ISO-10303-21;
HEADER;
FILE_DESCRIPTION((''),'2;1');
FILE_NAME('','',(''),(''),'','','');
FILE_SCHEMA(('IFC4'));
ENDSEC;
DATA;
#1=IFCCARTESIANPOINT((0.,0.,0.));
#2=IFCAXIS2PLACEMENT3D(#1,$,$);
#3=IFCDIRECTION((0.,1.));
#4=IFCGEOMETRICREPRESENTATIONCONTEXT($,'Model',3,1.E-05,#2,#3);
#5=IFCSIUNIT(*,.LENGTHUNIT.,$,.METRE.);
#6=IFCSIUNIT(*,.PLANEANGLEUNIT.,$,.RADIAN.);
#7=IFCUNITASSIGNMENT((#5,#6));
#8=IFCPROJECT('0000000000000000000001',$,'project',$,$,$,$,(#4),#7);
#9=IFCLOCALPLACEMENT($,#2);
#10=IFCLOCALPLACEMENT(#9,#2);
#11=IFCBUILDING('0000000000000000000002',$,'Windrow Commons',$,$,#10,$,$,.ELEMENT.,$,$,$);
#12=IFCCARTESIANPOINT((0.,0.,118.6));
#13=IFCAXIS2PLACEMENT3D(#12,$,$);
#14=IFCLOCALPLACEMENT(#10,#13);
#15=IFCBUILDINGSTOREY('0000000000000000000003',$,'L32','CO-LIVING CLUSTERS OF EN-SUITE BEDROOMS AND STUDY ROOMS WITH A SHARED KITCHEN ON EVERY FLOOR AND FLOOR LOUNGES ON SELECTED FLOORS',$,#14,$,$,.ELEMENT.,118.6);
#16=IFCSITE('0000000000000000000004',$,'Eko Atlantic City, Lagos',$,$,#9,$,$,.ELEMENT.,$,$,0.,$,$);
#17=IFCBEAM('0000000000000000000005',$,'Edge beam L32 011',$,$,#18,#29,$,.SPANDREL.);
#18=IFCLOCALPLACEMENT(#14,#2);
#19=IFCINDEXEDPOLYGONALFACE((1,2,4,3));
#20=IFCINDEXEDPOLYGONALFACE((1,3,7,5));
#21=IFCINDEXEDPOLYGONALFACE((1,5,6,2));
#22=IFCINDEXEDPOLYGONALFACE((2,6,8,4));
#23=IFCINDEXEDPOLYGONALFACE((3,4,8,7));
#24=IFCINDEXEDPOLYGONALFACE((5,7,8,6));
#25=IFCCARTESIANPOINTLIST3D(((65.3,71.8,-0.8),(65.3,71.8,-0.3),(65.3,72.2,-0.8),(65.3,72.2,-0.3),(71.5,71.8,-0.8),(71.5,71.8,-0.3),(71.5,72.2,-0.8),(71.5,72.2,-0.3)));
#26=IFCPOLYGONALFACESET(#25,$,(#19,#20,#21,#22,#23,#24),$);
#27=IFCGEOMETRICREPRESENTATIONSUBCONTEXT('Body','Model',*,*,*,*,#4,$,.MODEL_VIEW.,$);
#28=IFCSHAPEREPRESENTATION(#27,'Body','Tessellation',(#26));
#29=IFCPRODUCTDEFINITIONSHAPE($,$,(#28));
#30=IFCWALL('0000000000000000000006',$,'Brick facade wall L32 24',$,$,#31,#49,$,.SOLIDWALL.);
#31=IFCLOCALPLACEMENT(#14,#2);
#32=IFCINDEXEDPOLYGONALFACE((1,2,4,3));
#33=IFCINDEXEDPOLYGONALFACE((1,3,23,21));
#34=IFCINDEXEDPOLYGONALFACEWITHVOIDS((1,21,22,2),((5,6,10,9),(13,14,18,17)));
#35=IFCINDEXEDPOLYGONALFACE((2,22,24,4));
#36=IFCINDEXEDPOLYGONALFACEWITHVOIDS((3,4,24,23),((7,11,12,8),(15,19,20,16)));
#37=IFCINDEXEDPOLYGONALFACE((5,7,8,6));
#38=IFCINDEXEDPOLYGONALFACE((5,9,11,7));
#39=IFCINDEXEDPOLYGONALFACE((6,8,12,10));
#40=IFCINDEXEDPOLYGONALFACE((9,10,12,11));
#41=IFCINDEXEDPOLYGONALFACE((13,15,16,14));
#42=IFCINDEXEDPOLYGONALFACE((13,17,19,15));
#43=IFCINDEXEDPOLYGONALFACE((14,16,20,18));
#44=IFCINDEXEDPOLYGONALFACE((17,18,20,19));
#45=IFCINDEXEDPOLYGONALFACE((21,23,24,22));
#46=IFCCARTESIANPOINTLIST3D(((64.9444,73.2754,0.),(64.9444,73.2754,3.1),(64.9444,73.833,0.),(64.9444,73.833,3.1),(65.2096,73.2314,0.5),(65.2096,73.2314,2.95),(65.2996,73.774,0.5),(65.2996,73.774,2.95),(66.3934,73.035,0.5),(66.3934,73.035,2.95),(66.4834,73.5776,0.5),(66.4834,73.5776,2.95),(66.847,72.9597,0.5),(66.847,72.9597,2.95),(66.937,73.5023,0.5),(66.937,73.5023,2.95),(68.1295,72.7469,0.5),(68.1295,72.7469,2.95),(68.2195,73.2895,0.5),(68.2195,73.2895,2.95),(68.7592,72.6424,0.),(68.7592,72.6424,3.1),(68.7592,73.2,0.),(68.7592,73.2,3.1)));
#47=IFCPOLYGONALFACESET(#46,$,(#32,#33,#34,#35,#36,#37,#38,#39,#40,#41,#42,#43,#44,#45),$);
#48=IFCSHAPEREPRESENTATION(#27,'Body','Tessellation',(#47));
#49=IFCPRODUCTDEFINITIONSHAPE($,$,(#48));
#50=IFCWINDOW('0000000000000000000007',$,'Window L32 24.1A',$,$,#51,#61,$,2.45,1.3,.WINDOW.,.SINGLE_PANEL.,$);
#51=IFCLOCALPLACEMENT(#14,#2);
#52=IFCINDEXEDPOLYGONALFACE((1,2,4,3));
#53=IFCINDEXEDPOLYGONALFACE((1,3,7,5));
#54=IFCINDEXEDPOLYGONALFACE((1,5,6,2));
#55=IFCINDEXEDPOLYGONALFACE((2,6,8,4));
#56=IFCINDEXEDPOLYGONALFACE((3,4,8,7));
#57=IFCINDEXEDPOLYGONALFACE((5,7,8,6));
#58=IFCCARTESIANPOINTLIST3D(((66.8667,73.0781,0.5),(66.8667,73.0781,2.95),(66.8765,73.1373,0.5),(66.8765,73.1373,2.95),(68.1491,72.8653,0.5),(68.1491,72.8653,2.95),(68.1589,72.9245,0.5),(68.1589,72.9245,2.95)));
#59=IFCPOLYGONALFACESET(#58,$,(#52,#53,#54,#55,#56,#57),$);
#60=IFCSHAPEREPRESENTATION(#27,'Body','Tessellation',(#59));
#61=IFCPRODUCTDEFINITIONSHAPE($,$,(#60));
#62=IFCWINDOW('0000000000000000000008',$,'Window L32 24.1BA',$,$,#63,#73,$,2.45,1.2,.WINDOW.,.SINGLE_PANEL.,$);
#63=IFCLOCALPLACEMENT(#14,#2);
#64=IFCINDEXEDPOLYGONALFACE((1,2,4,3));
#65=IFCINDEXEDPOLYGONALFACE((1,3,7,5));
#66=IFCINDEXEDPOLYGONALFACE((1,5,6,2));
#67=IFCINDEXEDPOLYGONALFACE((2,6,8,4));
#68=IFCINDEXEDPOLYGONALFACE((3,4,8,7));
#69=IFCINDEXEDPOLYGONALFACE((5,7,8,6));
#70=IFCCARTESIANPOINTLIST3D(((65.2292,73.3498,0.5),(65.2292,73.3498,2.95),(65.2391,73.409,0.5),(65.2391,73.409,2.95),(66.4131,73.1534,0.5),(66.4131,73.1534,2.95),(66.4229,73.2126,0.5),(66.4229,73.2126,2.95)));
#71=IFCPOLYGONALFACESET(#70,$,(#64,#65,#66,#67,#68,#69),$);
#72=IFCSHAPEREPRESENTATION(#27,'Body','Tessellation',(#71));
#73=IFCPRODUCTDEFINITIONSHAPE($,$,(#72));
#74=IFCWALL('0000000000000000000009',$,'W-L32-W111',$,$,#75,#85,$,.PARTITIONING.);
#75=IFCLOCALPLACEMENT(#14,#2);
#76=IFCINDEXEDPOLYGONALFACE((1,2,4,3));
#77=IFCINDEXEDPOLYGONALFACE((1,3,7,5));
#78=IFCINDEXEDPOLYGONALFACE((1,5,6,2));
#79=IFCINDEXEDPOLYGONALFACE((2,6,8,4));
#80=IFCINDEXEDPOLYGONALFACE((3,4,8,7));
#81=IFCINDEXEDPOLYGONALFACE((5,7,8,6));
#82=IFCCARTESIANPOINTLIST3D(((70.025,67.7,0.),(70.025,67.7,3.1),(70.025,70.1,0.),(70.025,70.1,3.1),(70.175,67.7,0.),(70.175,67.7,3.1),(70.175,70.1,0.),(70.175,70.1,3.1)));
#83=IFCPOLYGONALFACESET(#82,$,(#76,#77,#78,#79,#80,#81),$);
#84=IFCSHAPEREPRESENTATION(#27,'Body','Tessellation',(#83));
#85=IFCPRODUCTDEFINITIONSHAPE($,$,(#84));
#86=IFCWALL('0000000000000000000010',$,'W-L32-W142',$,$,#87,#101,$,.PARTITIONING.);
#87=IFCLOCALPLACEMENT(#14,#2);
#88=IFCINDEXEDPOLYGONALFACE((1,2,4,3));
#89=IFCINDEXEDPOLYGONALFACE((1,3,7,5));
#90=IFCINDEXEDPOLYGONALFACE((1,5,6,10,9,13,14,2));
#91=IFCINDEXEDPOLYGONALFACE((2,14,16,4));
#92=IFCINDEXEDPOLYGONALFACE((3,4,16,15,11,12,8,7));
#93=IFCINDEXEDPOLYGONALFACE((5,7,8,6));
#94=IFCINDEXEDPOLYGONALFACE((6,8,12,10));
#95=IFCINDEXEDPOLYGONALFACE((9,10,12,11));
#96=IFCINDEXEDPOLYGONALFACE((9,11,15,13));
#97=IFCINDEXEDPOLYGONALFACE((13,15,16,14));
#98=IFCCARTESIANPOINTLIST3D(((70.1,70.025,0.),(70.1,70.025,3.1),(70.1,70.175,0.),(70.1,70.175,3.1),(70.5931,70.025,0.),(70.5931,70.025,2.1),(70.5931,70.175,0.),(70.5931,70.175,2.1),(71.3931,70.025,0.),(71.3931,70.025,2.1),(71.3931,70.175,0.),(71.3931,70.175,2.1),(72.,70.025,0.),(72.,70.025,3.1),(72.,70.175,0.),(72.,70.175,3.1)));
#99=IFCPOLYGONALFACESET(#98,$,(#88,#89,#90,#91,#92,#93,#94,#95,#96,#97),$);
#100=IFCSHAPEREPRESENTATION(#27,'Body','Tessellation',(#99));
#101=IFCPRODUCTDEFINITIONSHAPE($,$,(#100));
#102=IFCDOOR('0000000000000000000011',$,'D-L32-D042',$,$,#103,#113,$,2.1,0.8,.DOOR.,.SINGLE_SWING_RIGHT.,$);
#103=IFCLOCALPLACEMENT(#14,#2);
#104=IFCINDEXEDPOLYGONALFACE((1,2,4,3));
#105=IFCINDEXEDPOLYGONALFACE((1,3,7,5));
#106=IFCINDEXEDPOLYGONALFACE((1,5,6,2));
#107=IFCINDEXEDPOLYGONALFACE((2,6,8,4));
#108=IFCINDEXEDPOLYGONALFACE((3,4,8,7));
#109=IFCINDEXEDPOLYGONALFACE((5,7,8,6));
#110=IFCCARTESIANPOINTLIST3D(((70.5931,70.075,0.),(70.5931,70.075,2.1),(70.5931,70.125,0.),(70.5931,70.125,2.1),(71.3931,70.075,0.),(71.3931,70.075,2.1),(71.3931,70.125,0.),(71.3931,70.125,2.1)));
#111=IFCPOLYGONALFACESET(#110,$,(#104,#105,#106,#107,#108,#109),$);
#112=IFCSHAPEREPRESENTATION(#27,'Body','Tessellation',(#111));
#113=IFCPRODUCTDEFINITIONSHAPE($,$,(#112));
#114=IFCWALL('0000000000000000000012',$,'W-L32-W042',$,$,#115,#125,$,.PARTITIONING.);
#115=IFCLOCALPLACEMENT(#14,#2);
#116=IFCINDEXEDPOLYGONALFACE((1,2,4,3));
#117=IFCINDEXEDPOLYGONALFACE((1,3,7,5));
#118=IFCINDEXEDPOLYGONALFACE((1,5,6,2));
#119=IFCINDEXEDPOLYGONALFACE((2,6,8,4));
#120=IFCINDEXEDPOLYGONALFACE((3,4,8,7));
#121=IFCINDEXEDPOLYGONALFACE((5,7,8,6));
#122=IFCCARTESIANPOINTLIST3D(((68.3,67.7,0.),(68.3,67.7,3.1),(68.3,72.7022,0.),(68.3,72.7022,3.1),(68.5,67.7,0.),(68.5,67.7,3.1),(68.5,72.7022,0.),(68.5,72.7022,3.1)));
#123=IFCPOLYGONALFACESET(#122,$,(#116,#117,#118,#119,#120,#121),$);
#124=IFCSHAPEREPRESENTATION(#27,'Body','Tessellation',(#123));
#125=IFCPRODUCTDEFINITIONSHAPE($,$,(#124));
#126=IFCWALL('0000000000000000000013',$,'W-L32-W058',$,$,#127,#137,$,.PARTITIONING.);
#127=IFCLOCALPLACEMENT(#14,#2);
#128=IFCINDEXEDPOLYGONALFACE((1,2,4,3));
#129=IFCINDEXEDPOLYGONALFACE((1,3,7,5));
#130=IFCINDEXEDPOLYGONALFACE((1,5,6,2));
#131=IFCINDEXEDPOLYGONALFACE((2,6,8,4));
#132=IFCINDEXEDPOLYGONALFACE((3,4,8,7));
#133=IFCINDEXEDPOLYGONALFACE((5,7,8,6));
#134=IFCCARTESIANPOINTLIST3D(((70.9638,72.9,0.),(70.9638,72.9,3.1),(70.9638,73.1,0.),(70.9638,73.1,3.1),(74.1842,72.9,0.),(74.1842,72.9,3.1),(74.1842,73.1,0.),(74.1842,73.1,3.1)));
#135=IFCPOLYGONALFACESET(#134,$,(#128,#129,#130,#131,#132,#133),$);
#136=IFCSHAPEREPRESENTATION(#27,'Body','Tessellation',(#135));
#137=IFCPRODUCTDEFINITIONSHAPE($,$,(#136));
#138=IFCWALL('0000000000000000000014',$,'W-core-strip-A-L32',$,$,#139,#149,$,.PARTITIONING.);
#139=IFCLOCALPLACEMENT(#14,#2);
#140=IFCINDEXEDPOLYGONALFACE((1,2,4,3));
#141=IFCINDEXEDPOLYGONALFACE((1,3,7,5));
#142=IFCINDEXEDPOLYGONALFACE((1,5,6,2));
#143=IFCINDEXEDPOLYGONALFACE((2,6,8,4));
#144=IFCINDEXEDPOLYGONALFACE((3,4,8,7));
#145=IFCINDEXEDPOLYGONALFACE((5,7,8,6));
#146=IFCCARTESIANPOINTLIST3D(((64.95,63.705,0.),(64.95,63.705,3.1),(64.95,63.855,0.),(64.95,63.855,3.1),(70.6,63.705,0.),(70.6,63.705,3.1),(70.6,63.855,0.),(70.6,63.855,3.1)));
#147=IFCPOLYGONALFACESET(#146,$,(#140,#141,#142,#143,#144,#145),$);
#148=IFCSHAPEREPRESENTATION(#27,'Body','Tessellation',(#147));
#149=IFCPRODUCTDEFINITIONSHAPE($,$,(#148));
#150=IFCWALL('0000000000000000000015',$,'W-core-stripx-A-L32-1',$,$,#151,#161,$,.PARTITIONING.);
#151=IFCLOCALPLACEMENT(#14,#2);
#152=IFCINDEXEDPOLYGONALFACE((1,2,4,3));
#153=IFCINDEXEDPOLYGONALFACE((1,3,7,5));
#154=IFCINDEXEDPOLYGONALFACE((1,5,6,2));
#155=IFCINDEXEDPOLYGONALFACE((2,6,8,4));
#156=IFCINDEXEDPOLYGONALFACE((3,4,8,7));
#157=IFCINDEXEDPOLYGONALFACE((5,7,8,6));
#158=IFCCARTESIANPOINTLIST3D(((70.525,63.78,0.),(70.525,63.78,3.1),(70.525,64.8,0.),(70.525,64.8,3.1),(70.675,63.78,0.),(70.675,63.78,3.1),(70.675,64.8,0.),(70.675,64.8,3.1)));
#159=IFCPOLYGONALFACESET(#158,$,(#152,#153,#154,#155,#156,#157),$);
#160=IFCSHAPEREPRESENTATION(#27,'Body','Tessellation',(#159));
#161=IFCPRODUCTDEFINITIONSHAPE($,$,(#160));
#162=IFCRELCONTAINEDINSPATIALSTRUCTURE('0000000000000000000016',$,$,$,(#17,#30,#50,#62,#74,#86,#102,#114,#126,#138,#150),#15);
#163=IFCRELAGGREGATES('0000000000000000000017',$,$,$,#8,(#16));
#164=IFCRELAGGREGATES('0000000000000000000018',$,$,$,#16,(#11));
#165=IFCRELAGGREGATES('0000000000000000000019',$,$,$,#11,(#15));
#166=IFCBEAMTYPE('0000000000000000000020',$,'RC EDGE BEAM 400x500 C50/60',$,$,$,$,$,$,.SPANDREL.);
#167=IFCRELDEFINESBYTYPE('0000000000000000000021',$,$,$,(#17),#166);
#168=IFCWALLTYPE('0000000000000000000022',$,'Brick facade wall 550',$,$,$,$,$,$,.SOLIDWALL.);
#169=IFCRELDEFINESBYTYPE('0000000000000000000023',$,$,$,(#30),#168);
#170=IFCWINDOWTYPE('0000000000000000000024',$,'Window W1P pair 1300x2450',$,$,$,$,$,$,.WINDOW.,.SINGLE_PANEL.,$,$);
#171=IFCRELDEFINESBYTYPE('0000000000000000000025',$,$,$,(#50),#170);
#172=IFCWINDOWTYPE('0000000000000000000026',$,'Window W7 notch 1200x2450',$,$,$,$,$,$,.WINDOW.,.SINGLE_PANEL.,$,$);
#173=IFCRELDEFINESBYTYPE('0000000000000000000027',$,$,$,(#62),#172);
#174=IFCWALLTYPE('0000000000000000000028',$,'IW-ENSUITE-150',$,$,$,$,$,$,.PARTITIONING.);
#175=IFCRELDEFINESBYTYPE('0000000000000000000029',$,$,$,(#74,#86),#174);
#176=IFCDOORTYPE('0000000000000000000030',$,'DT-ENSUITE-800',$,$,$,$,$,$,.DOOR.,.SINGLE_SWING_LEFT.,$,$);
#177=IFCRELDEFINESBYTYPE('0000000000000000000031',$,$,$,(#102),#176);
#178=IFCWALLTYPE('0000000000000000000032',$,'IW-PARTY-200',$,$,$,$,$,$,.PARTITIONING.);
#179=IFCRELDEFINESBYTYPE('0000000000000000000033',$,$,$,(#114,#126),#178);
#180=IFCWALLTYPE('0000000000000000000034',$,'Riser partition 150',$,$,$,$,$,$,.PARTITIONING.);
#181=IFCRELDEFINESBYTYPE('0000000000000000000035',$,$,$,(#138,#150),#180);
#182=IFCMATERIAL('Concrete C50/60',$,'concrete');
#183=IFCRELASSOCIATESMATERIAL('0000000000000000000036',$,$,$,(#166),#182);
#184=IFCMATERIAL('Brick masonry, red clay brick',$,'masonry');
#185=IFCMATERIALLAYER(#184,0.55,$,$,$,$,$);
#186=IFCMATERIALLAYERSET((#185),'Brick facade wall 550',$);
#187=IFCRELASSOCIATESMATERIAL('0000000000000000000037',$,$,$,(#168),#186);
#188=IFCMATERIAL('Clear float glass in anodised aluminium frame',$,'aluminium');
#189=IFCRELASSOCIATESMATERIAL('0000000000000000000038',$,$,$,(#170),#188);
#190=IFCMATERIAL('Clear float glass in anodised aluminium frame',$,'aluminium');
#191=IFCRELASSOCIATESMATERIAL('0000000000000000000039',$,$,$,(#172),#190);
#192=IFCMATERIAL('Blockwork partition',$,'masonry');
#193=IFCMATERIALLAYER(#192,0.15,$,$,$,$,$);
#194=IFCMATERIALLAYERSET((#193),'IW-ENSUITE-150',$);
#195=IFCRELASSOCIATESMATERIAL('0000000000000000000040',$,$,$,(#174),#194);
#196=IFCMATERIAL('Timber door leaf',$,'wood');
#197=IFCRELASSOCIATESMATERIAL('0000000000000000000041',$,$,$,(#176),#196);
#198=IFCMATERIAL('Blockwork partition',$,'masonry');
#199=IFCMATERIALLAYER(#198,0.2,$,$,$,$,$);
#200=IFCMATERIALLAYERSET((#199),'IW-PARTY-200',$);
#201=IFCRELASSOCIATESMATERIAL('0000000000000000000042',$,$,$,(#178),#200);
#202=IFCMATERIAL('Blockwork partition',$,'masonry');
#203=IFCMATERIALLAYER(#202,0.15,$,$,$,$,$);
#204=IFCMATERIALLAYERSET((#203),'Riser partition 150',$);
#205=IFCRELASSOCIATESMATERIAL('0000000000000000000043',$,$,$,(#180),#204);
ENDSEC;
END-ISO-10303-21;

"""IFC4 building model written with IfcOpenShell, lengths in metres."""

from ifc_helpers import new_model, si_unit, direction, frame, frame_2d, origin, origin_2d, place, context, subcontext, project, spatial, polyline, rectangle, outline, extrude, material, layer, layer_set, material_profile, profile_set, type_object, element, fill, save


model = new_model("IFC4")

# Units and contexts
model_context = context("Model", 3, precision=1e-05, world=origin(), true_north=direction((0.0, 1.0)))
body_context = subcontext(model_context, "Body", "Model", "MODEL_VIEW")
ifc_project = project(units=[si_unit("LENGTHUNIT", "METRE"), si_unit("PLANEANGLEUNIT", "RADIAN")], contexts=[model_context])

# Site, building, storey
site_placement = place(None, origin())
site = spatial("IfcSite", under=ifc_project, at=site_placement, Name="Eko Atlantic City, Lagos", CompositionType="ELEMENT", RefElevation=0.0)
building_placement = place(site_placement, origin())
building = spatial("IfcBuilding", under=site, at=building_placement, Name="Windrow Commons", CompositionType="ELEMENT")
storey_placement = place(building_placement, frame((0.0, 0.0, 118.6)))
storey = spatial("IfcBuildingStorey", under=building, at=storey_placement, Name="L32", Description="CO-LIVING CLUSTERS OF EN-SUITE BEDROOMS AND STUDY ROOMS WITH A SHARED KITCHEN ON EVERY FLOOR AND FLOOR LOUNGES ON SELECTED FLOORS", CompositionType="ELEMENT", Elevation=118.6)

# Beam
ifc_material_1 = material(Name="Concrete C50/60", Category="concrete")
ifc_material_profile = material_profile(ifc_material_1, rectangle(XDim=0.4, YDim=0.5, at=origin_2d()))
ifc_profile_set = profile_set([ifc_material_profile], Name="Concrete C50/60")
beam_type = type_object("IfcBeamType", Name="RC EDGE BEAM 400x500 C50/60", PredefinedType="SPANDREL", material=ifc_profile_set)
beam_placement = place(storey_placement, frame((65.3, 72.0, -0.55), z_axis=(1.0, 0.0, 0.0), x_axis=(0.0, 1.0, 0.0)))
element("IfcBeam", 1, at=beam_placement, inside=storey, type_object=beam_type, Name="Edge beam L32 011", PredefinedType="SPANDREL", context=body_context, shape_type="SweptSolid", body=[
    extrude(rectangle(XDim=0.4, YDim=0.5, at=origin_2d()), origin(), (0.0, 0.0, 1.0), 6.2),
])

# Wall, openings, windows
ifc_material_2 = material(Name="Brick masonry, red clay brick", Category="masonry")
ifc_layer_1 = layer(ifc_material_2, 0.55)
ifc_layer_set_1 = layer_set([ifc_layer_1], Name="Brick facade wall 550")
wall_type_1 = type_object("IfcWallType", Name="Brick facade wall 550", PredefinedType="SOLIDWALL", material=ifc_layer_set_1)
wall_1_placement = place(storey_placement, frame((68.7592, 72.9212, 0.0), z_axis=(0.0, 0.0, 1.0), x_axis=(-0.986511, 0.163694, 0.0)))
wall_1 = element("IfcWall", 2, at=wall_1_placement, inside=storey, type_object=wall_type_1, Name="Brick facade wall L32 24", PredefinedType="SOLIDWALL", context=body_context, shape_type="SweptSolid", body=[
    extrude(outline(polyline([(0.0456, -0.275), (3.9126, -0.275), (3.8213, 0.275), (-0.0456, 0.275), (0.0456, -0.275)])), origin(), (0.0, 0.0, 1.0), 3.1),
])
opening_1_placement = place(wall_1_placement, frame((0.5927, 0.0, 0.5)))
opening_1 = element("IfcOpeningElement", 3, at=opening_1_placement, cuts=wall_1, PredefinedType="OPENING", context=body_context, shape_type="SweptSolid", body=[
    extrude(rectangle(XDim=1.3, YDim=2.45, at=frame_2d((0.65, 1.225))), frame((0.0, 0.285, 0.0), z_axis=(0.0, -1.0, 0.0), x_axis=(1.0, 0.0, 0.0)), (0.0, 0.0, 1.0), 0.57),
])
opening_2_placement = place(wall_1_placement, frame((2.3525, 0.0, 0.5)))
opening_2 = element("IfcOpeningElement", 4, at=opening_2_placement, cuts=wall_1, PredefinedType="OPENING", context=body_context, shape_type="SweptSolid", body=[
    extrude(rectangle(XDim=1.2, YDim=2.45, at=frame_2d((0.6, 1.225))), frame((0.0, 0.285, 0.0), z_axis=(0.0, -1.0, 0.0), x_axis=(1.0, 0.0, 0.0)), (0.0, 0.0, 1.0), 0.57),
])
ifc_material_3 = material(Name="Clear float glass in anodised aluminium frame", Category="aluminium")
window_type_1 = type_object("IfcWindowType", Name="Window W1P pair 1300x2450", PartitioningType="SINGLE_PANEL", PredefinedType="WINDOW", material=ifc_material_3)
window_1_placement = place(opening_1_placement, origin())
window_1 = element("IfcWindow", 5, at=window_1_placement, inside=storey, type_object=window_type_1, Name="Window L32 24.1A", OverallHeight=2.45, OverallWidth=1.3, PartitioningType="SINGLE_PANEL", PredefinedType="WINDOW", context=body_context, shape_type="SweptSolid", body=[
    extrude(rectangle(XDim=1.3, YDim=2.45, at=frame_2d((0.65, 1.225))), frame((0.0, 0.155, 0.0), z_axis=(0.0, -1.0, 0.0), x_axis=(1.0, 0.0, 0.0)), (0.0, 0.0, 1.0), 0.06),
])
fill(opening_1, window_1)
ifc_material_4 = material(Name="Clear float glass in anodised aluminium frame", Category="aluminium")
window_type_2 = type_object("IfcWindowType", Name="Window W7 notch 1200x2450", PartitioningType="SINGLE_PANEL", PredefinedType="WINDOW", material=ifc_material_4)
window_2_placement = place(opening_2_placement, origin())
window_2 = element("IfcWindow", 6, at=window_2_placement, inside=storey, type_object=window_type_2, Name="Window L32 24.1BA", OverallHeight=2.45, OverallWidth=1.2, PartitioningType="SINGLE_PANEL", PredefinedType="WINDOW", context=body_context, shape_type="SweptSolid", body=[
    extrude(rectangle(XDim=1.2, YDim=2.45, at=frame_2d((0.6, 1.225))), frame((0.0, 0.155, 0.0), z_axis=(0.0, -1.0, 0.0), x_axis=(1.0, 0.0, 0.0)), (0.0, 0.0, 1.0), 0.06),
])
fill(opening_2, window_2)

# Wall
ifc_material_5 = material(Name="Blockwork partition", Category="masonry")
ifc_layer_2 = layer(ifc_material_5, 0.15)
ifc_layer_set_2 = layer_set([ifc_layer_2], Name="IW-ENSUITE-150")
wall_type_2 = type_object("IfcWallType", Name="IW-ENSUITE-150", PredefinedType="PARTITIONING", material=ifc_layer_set_2)
wall_2_placement = place(storey_placement, frame((70.1, 67.7, 0.0), z_axis=(0.0, 0.0, 1.0), x_axis=(0.0, 1.0, 0.0)))
element("IfcWall", 7, at=wall_2_placement, inside=storey, type_object=wall_type_2, Name="W-L32-W111", PredefinedType="PARTITIONING", context=body_context, shape_type="SweptSolid", body=[
    extrude(rectangle(XDim=2.4, YDim=0.15, at=frame_2d((1.2, 0.0))), origin(), (0.0, 0.0, 1.0), 3.1),
])

# Wall, opening, door
wall_3_placement = place(storey_placement, frame((70.1, 70.1, 0.0), z_axis=(0.0, 0.0, 1.0), x_axis=(1.0, 0.0, 0.0)))
wall_3 = element("IfcWall", 8, at=wall_3_placement, inside=storey, type_object=wall_type_2, Name="W-L32-W142", PredefinedType="PARTITIONING", context=body_context, shape_type="SweptSolid", body=[
    extrude(rectangle(XDim=1.9, YDim=0.15, at=frame_2d((0.95, 0.0))), origin(), (0.0, 0.0, 1.0), 3.1),
])
opening_3_placement = place(wall_3_placement, frame((0.4931, 0.0, 0.0)))
opening_3 = element("IfcOpeningElement", 9, at=opening_3_placement, cuts=wall_3, PredefinedType="OPENING", context=body_context, shape_type="SweptSolid", body=[
    extrude(rectangle(XDim=0.8, YDim=2.1, at=frame_2d((0.4, 1.05))), frame((0.0, 0.085, 0.0), z_axis=(0.0, -1.0, 0.0), x_axis=(1.0, 0.0, 0.0)), (0.0, 0.0, 1.0), 0.17),
])
ifc_material_6 = material(Name="Timber door leaf", Category="wood")
door_type = type_object("IfcDoorType", Name="DT-ENSUITE-800", OperationType="SINGLE_SWING_LEFT", PredefinedType="DOOR", material=ifc_material_6)
door_placement = place(opening_3_placement, origin())
door = element("IfcDoor", 10, at=door_placement, inside=storey, type_object=door_type, Name="D-L32-D042", OperationType="SINGLE_SWING_RIGHT", OverallHeight=2.1, OverallWidth=0.8, PredefinedType="DOOR", context=body_context, shape_type="SweptSolid", body=[
    extrude(rectangle(XDim=0.8, YDim=2.1, at=frame_2d((0.4, 1.05))), frame((0.0, 0.025, 0.0), z_axis=(0.0, -1.0, 0.0), x_axis=(1.0, 0.0, 0.0)), (0.0, 0.0, 1.0), 0.05),
])
fill(opening_3, door)

# Walls
ifc_material_7 = material(Name="Blockwork partition", Category="masonry")
ifc_layer_3 = layer(ifc_material_7, 0.2)
ifc_layer_set_3 = layer_set([ifc_layer_3], Name="IW-PARTY-200")
wall_type_3 = type_object("IfcWallType", Name="IW-PARTY-200", PredefinedType="PARTITIONING", material=ifc_layer_set_3)
wall_4_placement = place(storey_placement, frame((68.4, 67.7, 0.0), z_axis=(0.0, 0.0, 1.0), x_axis=(0.0, 1.0, 0.0)))
element("IfcWall", 11, at=wall_4_placement, inside=storey, type_object=wall_type_3, Name="W-L32-W042", PredefinedType="PARTITIONING", context=body_context, shape_type="SweptSolid", body=[
    extrude(rectangle(XDim=5.0021, YDim=0.2, at=frame_2d((2.5011, 0.0))), origin(), (0.0, 0.0, 1.0), 3.1),
])
wall_5_placement = place(storey_placement, frame((70.9638, 73.0, 0.0), z_axis=(0.0, 0.0, 1.0), x_axis=(1.0, 0.0, 0.0)))
element("IfcWall", 12, at=wall_5_placement, inside=storey, type_object=wall_type_3, Name="W-L32-W058", PredefinedType="PARTITIONING", context=body_context, shape_type="SweptSolid", body=[
    extrude(rectangle(XDim=3.2204, YDim=0.2, at=frame_2d((1.6102, 0.0))), origin(), (0.0, 0.0, 1.0), 3.1),
])
ifc_material_8 = material(Name="Blockwork partition", Category="masonry")
ifc_layer_4 = layer(ifc_material_8, 0.15)
ifc_layer_set_4 = layer_set([ifc_layer_4], Name="Riser partition 150")
wall_type_4 = type_object("IfcWallType", Name="Riser partition 150", PredefinedType="PARTITIONING", material=ifc_layer_set_4)
wall_6_placement = place(storey_placement, frame((64.95, 63.78, 0.0), z_axis=(0.0, 0.0, 1.0), x_axis=(1.0, 0.0, 0.0)))
element("IfcWall", 13, at=wall_6_placement, inside=storey, type_object=wall_type_4, Name="W-core-strip-A-L32", PredefinedType="PARTITIONING", context=body_context, shape_type="SweptSolid", body=[
    extrude(rectangle(XDim=5.65, YDim=0.15, at=frame_2d((2.825, 0.0))), origin(), (0.0, 0.0, 1.0), 3.1),
])
wall_7_placement = place(storey_placement, frame((70.6, 63.78, 0.0), z_axis=(0.0, 0.0, 1.0), x_axis=(0.0, 1.0, 0.0)))
element("IfcWall", 14, at=wall_7_placement, inside=storey, type_object=wall_type_4, Name="W-core-stripx-A-L32-1", PredefinedType="PARTITIONING", context=body_context, shape_type="SweptSolid", body=[
    extrude(rectangle(XDim=1.02, YDim=0.15, at=frame_2d((0.51, 0.0))), origin(), (0.0, 0.0, 1.0), 3.1),
])

save(model, "model.ifc")
